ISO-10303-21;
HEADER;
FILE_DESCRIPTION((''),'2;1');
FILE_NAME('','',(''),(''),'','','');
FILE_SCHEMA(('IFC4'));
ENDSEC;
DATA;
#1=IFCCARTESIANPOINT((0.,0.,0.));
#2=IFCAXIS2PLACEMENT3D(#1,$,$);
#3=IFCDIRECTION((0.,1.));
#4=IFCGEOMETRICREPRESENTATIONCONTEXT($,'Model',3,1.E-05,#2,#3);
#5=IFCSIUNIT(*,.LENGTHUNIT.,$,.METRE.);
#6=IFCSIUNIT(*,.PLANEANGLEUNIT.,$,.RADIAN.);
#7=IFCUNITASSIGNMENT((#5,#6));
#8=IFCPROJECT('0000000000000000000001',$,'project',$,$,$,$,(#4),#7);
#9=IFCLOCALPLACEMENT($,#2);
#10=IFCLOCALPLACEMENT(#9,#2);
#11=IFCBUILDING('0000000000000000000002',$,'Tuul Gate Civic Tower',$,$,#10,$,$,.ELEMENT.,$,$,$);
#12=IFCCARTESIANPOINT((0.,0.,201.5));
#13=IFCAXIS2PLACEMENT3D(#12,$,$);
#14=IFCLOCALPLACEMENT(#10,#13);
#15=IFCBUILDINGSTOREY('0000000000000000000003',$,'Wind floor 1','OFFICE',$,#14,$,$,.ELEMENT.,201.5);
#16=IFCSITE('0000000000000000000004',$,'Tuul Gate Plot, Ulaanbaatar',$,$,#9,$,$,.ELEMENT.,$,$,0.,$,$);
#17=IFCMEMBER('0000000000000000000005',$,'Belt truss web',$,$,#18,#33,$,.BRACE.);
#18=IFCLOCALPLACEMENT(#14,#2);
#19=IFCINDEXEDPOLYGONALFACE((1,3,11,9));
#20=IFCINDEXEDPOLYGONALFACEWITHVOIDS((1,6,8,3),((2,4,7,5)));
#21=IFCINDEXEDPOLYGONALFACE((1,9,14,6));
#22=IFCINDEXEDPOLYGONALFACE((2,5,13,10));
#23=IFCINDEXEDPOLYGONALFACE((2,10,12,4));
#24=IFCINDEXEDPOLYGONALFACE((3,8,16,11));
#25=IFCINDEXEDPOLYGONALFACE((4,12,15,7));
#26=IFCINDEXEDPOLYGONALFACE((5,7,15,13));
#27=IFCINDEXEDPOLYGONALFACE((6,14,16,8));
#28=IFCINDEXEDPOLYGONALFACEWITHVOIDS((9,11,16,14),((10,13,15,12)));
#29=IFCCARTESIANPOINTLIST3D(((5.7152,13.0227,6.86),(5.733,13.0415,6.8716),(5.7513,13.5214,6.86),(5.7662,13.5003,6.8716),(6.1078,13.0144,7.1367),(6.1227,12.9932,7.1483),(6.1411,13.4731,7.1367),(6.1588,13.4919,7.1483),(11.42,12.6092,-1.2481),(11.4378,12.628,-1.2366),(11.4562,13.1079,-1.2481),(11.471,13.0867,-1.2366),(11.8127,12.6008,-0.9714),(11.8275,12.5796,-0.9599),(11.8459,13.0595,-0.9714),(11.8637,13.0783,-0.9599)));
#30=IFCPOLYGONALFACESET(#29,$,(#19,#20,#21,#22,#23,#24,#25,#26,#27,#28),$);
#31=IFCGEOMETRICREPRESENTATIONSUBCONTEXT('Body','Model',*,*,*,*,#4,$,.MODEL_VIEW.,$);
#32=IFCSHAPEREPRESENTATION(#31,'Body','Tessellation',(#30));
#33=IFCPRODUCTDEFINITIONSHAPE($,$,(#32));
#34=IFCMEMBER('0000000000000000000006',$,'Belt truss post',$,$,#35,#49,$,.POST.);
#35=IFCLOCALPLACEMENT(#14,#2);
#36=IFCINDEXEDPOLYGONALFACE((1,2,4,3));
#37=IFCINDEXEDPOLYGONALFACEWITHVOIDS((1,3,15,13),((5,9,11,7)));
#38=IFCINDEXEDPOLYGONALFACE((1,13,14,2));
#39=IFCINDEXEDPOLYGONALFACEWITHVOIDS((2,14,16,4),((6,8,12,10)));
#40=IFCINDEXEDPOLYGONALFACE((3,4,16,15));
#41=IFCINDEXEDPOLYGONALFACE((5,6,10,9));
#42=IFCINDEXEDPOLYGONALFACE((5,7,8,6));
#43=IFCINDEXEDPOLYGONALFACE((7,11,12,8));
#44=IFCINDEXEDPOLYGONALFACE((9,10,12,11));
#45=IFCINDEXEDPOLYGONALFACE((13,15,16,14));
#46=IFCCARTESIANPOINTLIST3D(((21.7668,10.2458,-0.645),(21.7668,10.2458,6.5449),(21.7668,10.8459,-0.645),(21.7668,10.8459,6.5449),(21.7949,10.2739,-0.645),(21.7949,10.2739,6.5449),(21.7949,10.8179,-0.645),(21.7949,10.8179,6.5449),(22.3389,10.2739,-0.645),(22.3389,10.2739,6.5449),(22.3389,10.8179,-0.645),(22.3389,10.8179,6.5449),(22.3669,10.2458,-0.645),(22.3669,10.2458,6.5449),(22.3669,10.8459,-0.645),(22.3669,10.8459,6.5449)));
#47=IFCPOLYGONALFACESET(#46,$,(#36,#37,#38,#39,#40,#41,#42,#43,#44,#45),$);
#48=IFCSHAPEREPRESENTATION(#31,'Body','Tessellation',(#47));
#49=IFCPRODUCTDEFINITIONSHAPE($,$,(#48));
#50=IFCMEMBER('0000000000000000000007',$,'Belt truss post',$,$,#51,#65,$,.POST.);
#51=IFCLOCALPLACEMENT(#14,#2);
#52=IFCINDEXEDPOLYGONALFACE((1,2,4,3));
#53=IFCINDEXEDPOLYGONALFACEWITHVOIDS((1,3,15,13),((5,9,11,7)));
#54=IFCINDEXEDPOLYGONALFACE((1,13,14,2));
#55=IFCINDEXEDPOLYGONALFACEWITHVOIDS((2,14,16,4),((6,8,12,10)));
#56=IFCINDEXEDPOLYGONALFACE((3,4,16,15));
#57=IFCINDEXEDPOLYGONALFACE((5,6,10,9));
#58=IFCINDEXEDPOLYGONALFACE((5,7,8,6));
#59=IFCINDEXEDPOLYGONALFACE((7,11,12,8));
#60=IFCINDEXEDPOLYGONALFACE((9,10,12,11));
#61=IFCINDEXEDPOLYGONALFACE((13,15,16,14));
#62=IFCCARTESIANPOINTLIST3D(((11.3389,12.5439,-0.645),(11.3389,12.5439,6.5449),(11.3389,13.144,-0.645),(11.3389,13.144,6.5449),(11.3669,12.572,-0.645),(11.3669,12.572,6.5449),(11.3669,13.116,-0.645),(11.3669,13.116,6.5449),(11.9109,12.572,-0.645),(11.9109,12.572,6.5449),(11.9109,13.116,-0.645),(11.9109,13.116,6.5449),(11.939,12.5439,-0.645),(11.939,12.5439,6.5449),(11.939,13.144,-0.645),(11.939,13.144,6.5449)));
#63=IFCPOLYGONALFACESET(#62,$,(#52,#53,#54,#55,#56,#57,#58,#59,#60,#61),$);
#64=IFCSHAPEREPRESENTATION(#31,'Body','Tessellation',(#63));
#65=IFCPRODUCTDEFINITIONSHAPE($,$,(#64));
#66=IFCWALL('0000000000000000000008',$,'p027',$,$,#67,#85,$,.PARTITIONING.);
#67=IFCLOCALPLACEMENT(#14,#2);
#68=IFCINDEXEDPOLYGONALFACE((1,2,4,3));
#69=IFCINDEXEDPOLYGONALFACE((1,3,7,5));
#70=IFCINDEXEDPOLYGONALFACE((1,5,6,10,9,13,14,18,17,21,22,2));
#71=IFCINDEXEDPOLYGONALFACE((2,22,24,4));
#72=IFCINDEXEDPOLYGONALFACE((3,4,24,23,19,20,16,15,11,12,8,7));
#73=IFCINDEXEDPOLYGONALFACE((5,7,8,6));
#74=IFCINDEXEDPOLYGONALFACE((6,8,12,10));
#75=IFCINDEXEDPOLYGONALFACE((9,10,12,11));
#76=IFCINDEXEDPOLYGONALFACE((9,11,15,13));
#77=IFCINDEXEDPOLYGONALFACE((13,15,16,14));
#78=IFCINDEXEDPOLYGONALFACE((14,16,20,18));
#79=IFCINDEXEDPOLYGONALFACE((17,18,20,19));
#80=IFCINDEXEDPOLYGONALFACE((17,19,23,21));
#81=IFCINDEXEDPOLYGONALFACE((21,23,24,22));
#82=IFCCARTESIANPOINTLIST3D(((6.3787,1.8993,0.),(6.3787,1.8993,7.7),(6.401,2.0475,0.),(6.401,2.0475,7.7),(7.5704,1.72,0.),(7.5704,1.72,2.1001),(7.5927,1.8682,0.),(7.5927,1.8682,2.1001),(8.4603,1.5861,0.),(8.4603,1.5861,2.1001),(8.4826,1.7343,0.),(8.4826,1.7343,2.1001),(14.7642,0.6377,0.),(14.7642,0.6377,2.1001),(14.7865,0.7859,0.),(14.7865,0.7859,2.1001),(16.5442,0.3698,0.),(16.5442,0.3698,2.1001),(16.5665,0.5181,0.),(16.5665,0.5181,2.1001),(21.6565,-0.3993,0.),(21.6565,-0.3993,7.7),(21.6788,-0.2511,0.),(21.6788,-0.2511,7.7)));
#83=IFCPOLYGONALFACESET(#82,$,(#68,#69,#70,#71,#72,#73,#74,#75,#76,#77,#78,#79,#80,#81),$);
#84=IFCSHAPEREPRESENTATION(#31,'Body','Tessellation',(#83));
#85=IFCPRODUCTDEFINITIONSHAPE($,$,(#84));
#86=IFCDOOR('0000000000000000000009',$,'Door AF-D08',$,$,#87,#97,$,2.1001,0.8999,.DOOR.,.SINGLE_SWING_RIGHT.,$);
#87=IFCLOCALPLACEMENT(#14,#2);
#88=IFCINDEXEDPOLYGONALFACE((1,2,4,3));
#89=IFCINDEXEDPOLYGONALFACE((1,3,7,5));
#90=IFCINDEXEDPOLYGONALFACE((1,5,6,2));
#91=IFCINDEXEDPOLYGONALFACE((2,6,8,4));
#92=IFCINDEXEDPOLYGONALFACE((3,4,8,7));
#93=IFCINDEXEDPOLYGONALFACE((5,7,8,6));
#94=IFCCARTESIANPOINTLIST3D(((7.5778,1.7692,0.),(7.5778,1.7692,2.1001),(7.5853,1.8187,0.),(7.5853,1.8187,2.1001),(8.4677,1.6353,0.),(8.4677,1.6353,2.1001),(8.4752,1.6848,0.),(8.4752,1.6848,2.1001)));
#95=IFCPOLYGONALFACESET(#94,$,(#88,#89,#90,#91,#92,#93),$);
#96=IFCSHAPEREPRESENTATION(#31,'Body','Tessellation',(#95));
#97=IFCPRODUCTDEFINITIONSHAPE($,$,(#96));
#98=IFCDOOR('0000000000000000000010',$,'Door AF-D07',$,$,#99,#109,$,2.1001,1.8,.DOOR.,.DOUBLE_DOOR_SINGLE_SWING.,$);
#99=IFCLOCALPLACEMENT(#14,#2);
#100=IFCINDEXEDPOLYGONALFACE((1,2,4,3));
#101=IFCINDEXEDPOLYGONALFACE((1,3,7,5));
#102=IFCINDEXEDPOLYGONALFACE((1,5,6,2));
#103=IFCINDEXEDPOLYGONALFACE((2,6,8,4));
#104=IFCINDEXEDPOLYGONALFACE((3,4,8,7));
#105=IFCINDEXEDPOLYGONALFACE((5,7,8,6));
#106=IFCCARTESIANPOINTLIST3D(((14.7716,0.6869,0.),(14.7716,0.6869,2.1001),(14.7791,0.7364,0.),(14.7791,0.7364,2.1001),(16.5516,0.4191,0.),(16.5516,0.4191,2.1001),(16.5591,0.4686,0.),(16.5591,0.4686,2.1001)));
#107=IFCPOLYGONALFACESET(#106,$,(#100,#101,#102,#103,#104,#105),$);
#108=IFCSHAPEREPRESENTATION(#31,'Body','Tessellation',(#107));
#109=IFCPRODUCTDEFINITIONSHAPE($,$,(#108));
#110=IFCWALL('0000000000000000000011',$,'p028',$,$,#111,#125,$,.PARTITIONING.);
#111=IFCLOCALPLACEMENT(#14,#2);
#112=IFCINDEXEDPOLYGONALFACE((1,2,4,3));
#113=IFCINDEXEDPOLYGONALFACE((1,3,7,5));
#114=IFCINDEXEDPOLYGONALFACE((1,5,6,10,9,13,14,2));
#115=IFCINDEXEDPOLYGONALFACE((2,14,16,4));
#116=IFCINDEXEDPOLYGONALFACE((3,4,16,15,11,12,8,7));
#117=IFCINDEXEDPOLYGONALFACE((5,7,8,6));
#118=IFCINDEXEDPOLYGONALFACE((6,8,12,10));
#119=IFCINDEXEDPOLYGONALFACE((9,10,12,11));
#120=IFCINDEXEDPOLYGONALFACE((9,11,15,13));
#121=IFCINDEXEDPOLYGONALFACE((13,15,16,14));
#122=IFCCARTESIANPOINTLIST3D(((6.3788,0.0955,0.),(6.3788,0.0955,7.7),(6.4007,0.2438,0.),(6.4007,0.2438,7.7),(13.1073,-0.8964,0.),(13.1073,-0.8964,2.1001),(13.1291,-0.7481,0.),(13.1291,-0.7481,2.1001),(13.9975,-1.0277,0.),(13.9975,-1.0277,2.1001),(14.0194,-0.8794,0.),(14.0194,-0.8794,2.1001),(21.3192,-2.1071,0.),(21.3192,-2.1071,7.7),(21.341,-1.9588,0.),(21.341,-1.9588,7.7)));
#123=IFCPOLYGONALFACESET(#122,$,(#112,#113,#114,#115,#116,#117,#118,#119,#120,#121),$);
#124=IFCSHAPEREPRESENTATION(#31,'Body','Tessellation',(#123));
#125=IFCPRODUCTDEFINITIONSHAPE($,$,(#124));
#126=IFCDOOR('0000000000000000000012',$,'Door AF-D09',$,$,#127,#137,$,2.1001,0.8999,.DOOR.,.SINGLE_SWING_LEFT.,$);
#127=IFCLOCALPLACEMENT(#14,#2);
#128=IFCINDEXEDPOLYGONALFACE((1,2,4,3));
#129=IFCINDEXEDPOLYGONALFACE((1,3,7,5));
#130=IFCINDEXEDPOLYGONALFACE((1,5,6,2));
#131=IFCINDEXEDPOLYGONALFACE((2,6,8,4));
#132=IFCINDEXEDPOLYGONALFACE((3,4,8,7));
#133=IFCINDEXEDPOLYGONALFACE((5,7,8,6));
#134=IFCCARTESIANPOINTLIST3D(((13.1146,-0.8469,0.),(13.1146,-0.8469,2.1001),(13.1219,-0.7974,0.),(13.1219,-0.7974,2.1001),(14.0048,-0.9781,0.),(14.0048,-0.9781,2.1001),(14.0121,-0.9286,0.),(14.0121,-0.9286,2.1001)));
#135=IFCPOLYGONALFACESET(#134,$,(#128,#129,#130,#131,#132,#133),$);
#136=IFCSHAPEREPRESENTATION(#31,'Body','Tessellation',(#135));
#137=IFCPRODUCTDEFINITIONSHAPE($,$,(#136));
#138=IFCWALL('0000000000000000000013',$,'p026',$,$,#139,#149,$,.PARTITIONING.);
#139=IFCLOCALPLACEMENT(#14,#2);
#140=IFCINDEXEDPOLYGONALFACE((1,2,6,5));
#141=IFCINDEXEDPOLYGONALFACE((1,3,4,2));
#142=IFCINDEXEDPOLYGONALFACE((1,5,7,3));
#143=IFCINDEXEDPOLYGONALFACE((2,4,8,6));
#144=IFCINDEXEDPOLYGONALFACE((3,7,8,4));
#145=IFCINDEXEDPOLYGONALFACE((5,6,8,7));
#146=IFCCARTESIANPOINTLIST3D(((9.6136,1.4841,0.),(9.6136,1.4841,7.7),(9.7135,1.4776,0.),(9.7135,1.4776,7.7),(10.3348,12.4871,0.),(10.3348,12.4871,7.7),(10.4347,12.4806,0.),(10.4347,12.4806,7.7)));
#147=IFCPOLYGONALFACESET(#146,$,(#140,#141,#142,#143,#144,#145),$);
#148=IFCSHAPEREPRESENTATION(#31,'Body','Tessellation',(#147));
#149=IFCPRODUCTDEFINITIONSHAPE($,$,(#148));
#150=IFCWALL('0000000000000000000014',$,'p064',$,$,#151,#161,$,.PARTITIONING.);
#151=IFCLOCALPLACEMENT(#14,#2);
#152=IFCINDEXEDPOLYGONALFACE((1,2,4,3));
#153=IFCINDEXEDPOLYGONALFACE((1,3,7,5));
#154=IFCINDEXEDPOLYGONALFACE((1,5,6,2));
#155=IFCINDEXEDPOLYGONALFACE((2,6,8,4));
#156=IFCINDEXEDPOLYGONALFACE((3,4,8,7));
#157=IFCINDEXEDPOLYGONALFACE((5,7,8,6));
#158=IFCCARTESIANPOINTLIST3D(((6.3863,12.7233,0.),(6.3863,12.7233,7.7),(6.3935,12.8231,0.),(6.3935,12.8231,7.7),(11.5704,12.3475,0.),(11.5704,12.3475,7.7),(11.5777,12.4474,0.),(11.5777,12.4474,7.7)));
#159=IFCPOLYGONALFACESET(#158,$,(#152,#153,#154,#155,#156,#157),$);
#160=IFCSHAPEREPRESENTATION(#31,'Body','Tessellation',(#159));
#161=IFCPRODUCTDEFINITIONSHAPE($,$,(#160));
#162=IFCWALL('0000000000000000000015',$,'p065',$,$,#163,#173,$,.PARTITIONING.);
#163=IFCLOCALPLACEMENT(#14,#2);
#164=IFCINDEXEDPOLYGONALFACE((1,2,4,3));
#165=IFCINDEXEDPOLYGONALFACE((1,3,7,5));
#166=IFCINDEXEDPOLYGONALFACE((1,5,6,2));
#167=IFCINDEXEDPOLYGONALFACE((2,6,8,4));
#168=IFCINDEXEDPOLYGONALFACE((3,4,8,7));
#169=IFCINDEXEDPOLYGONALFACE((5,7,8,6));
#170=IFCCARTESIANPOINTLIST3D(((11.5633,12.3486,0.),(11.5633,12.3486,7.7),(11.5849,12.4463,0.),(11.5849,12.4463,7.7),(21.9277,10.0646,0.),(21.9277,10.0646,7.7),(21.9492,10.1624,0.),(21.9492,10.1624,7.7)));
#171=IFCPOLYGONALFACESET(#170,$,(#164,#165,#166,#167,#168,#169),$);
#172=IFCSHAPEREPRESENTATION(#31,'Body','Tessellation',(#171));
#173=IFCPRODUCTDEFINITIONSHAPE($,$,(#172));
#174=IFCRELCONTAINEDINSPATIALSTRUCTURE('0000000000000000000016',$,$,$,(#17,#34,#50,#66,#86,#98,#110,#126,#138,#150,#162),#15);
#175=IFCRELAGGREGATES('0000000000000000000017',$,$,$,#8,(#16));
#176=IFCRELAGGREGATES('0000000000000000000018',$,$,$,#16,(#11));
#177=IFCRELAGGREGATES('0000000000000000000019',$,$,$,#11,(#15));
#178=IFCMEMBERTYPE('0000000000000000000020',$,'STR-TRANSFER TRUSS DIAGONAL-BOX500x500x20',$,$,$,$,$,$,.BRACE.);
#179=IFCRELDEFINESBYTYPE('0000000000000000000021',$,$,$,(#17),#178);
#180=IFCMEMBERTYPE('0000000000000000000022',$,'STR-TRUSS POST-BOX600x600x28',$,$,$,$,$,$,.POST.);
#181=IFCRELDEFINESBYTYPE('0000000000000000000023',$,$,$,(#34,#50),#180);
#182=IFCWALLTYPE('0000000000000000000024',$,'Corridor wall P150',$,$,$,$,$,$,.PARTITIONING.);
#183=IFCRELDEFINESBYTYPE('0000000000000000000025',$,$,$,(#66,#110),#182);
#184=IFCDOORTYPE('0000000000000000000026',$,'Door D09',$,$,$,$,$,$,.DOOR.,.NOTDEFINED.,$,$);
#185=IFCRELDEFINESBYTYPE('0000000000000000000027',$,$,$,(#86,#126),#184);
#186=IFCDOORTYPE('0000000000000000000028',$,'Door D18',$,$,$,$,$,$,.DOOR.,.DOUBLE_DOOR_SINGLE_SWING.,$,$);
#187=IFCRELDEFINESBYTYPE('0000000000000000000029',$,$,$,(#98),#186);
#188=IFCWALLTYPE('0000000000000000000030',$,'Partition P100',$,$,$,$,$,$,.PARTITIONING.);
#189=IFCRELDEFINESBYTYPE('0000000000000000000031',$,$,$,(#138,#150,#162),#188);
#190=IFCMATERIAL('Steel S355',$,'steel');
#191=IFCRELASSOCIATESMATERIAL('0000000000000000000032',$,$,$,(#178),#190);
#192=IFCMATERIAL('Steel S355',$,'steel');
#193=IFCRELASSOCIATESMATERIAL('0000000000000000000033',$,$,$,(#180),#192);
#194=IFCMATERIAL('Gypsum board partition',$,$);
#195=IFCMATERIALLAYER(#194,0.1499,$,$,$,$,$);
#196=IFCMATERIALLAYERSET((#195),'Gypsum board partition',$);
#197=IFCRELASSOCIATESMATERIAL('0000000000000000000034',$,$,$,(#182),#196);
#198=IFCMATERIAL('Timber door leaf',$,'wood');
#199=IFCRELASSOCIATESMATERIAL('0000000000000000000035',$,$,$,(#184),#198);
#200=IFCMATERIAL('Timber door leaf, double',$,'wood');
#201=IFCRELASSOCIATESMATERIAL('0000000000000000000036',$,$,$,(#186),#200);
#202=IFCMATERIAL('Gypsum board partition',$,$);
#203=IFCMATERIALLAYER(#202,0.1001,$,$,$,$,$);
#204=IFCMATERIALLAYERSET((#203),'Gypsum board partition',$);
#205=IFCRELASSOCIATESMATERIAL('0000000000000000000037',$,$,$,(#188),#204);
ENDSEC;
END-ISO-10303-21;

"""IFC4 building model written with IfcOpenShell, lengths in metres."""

from ifc_helpers import new_model, si_unit, direction, frame, frame_2d, origin, origin_2d, place, context, subcontext, project, spatial, rectangle, hollow_rectangle, extrude, material, layer, layer_set, material_profile, profile_set, type_object, element, fill, save


model = new_model("IFC4")

# Units and contexts
model_context = context("Model", 3, precision=1e-05, world=origin(), true_north=direction((0.0, 1.0)))
body_context = subcontext(model_context, "Body", "Model", "MODEL_VIEW")
ifc_project = project(units=[si_unit("LENGTHUNIT", "METRE"), si_unit("PLANEANGLEUNIT", "RADIAN")], contexts=[model_context])

# Site, building, storey
site_placement = place(None, origin())
site = spatial("IfcSite", under=ifc_project, at=site_placement, Name="Tuul Gate Plot, Ulaanbaatar", CompositionType="ELEMENT", RefElevation=0.0)
building_placement = place(site_placement, origin())
building = spatial("IfcBuilding", under=site, at=building_placement, Name="Tuul Gate Civic Tower", CompositionType="ELEMENT")
storey_placement = place(building_placement, frame((0.0, 0.0, 201.5)))
storey = spatial("IfcBuildingStorey", under=building, at=storey_placement, Name="Wind floor 1", Description="OFFICE", CompositionType="ELEMENT", Elevation=201.5)

# Members
ifc_material_1 = material(Name="Steel S355", Category="steel")
ifc_material_profile_1 = material_profile(ifc_material_1, hollow_rectangle(XDim=0.5, YDim=0.5, WallThickness=0.02, at=origin_2d()), Name="BOX500x500x20")
ifc_profile_set_1 = profile_set([ifc_material_profile_1], Name="Steel S355")
member_type_1 = type_object("IfcMemberType", Name="STR-TRANSFER TRUSS DIAGONAL-BOX500x500x20", PredefinedType="BRACE", material=ifc_profile_set_1)
member_1_placement = place(storey_placement, frame((11.6418, 12.8438, -1.104), z_axis=(-0.574932, 0.04168, 0.817139), x_axis=(-0.072306, -0.997383, 0.0)))
element("IfcMember", 1, at=member_1_placement, inside=storey, type_object=member_type_1, Name="Belt truss web", PredefinedType="BRACE", context=body_context, shape_type="SweptSolid", body=[
    extrude(hollow_rectangle(XDim=0.5, YDim=0.5, WallThickness=0.02, at=origin_2d()), origin(), (0.0, 0.0, 1.0), 9.9226),
])
ifc_material_2 = material(Name="Steel S355", Category="steel")
ifc_material_profile_2 = material_profile(ifc_material_2, hollow_rectangle(XDim=0.6001, YDim=0.6001, WallThickness=0.0281, at=origin_2d()), Name="BOX600x600x28")
ifc_profile_set_2 = profile_set([ifc_material_profile_2], Name="Steel S355")
member_type_2 = type_object("IfcMemberType", Name="STR-TRUSS POST-BOX600x600x28", PredefinedType="POST", material=ifc_profile_set_2)
for number, where, z_axis, x_axis, name in (
    (2, (22.0669, 10.5459, -0.645), (0.0, 0.0, 1.0), (1.0, 0.0, 0.0), "Belt truss post"),
    (3, (11.6389, 12.844, -0.645), (0.0, 0.0, 1.0), (1.0, 0.0, 0.0), "Belt truss post"),
):
    element("IfcMember", number, at=place(storey_placement, frame(where, z_axis=z_axis, x_axis=x_axis)), inside=storey, type_object=member_type_2, Name=name, PredefinedType="POST", context=body_context, shape_type="SweptSolid", body=[
        extrude(hollow_rectangle(XDim=0.6001, YDim=0.6001, WallThickness=0.0281, at=origin_2d()), origin(), (0.0, 0.0, 1.0), 7.1899),
    ])

# Wall, openings, doors
ifc_material_3 = material(Name="Gypsum board partition")
ifc_layer_1 = layer(ifc_material_3, 0.1499)
ifc_layer_set_1 = layer_set([ifc_layer_1], Name="Gypsum board partition")
wall_type_1 = type_object("IfcWallType", Name="Corridor wall P150", PredefinedType="PARTITIONING", material=ifc_layer_set_1)
wall_1_placement = place(storey_placement, frame((6.3899, 1.9734, 0.0), z_axis=(0.0, 0.0, 1.0), x_axis=(0.988871, -0.148778, 0.0)))
wall_1 = element("IfcWall", 4, at=wall_1_placement, inside=storey, type_object=wall_type_1, Name="p027", PredefinedType="PARTITIONING", context=body_context, shape_type="SweptSolid", body=[
    extrude(rectangle(XDim=15.4497, YDim=0.1499, at=frame_2d((7.7249, 0.0))), origin(), (0.0, 0.0, 1.0), 7.7),
])
opening_1_placement = place(wall_1_placement, frame((8.48, 0.0, 0.0)))
opening_1 = element("IfcOpeningElement", 5, at=opening_1_placement, cuts=wall_1, PredefinedType="OPENING", context=body_context, shape_type="SweptSolid", body=[
    extrude(rectangle(XDim=1.8, YDim=2.1001, at=frame_2d((0.8999, 1.05))), frame((0.0, 0.085, 0.0), z_axis=(0.0, -1.0, 0.0), x_axis=(1.0, 0.0, 0.0)), (0.0, 0.0, 1.0), 0.1699),
])
opening_2_placement = place(wall_1_placement, frame((1.2051, 0.0, 0.0)))
opening_2 = element("IfcOpeningElement", 6, at=opening_2_placement, cuts=wall_1, PredefinedType="OPENING", context=body_context, shape_type="SweptSolid", body=[
    extrude(rectangle(XDim=0.8999, YDim=2.1001, at=frame_2d((0.45, 1.05))), frame((0.0, 0.085, 0.0), z_axis=(0.0, -1.0, 0.0), x_axis=(1.0, 0.0, 0.0)), (0.0, 0.0, 1.0), 0.1699),
])
ifc_material_4 = material(Name="Timber door leaf", Category="wood")
door_type_1 = type_object("IfcDoorType", Name="Door D09", OperationType="NOTDEFINED", PredefinedType="DOOR", material=ifc_material_4)
door_1_placement = place(opening_2_placement, origin())
door_1 = element("IfcDoor", 7, at=door_1_placement, inside=storey, type_object=door_type_1, Name="Door AF-D08", OperationType="SINGLE_SWING_RIGHT", OverallHeight=2.1001, OverallWidth=0.8999, PredefinedType="DOOR", context=body_context, shape_type="SweptSolid", body=[
    extrude(rectangle(XDim=0.8999, YDim=2.1001, at=frame_2d((0.45, 1.05))), frame((0.0, 0.0249, 0.0), z_axis=(0.0, -1.0, 0.0), x_axis=(1.0, 0.0, 0.0)), (0.0, 0.0, 1.0), 0.05),
])
fill(opening_2, door_1)
ifc_material_5 = material(Name="Timber door leaf, double", Category="wood")
door_type_2 = type_object("IfcDoorType", Name="Door D18", OperationType="DOUBLE_DOOR_SINGLE_SWING", PredefinedType="DOOR", material=ifc_material_5)
door_2_placement = place(opening_1_placement, origin())
door_2 = element("IfcDoor", 8, at=door_2_placement, inside=storey, type_object=door_type_2, Name="Door AF-D07", OperationType="DOUBLE_DOOR_SINGLE_SWING", OverallHeight=2.1001, OverallWidth=1.8, PredefinedType="DOOR", context=body_context, shape_type="SweptSolid", body=[
    extrude(rectangle(XDim=1.8, YDim=2.1001, at=frame_2d((0.8999, 1.05))), frame((0.0, 0.0249, 0.0), z_axis=(0.0, -1.0, 0.0), x_axis=(1.0, 0.0, 0.0)), (0.0, 0.0, 1.0), 0.05),
])
fill(opening_1, door_2)

# Wall, opening, door
wall_2_placement = place(storey_placement, frame((6.3899, 0.1697, 0.0), z_axis=(0.0, 0.0, 1.0), x_axis=(0.989307, -0.145851, 0.0)))
wall_2 = element("IfcWall", 9, at=wall_2_placement, inside=storey, type_object=wall_type_1, Name="p028", PredefinedType="PARTITIONING", context=body_context, shape_type="SweptSolid", body=[
    extrude(rectangle(XDim=15.1018, YDim=0.1499, at=frame_2d((7.5508, 0.0))), origin(), (0.0, 0.0, 1.0), 7.7),
])
opening_3_placement = place(wall_2_placement, frame((6.801, 0.0, 0.0)))
opening_3 = element("IfcOpeningElement", 10, at=opening_3_placement, cuts=wall_2, PredefinedType="OPENING", context=body_context, shape_type="SweptSolid", body=[
    extrude(rectangle(XDim=0.8999, YDim=2.1001, at=frame_2d((0.45, 1.05))), frame((0.0, 0.085, 0.0), z_axis=(0.0, -1.0, 0.0), x_axis=(1.0, 0.0, 0.0)), (0.0, 0.0, 1.0), 0.1699),
])
door_3_placement = place(opening_3_placement, frame((0.8999, 0.0, 0.0), z_axis=(0.0, 0.0, 1.0), x_axis=(-1.0, 0.0, 0.0)))
door_3 = element("IfcDoor", 11, at=door_3_placement, inside=storey, type_object=door_type_1, Name="Door AF-D09", OperationType="SINGLE_SWING_LEFT", OverallHeight=2.1001, OverallWidth=0.8999, PredefinedType="DOOR", context=body_context, shape_type="SweptSolid", body=[
    extrude(rectangle(XDim=0.8999, YDim=2.1001, at=frame_2d((0.45, 1.05))), frame((0.0, 0.0249, 0.0), z_axis=(0.0, -1.0, 0.0), x_axis=(1.0, 0.0, 0.0)), (0.0, 0.0, 1.0), 0.05),
])
fill(opening_3, door_3)

# Walls
ifc_material_6 = material(Name="Gypsum board partition")
ifc_layer_2 = layer(ifc_material_6, 0.1001)
ifc_layer_set_2 = layer_set([ifc_layer_2], Name="Gypsum board partition")
wall_type_2 = type_object("IfcWallType", Name="Partition P100", PredefinedType="PARTITIONING", material=ifc_layer_set_2)
wall_3_placement = place(storey_placement, frame((9.6636, 1.481, 0.0), z_axis=(0.0, 0.0, 1.0), x_axis=(0.065405, 0.997859, 0.0)))
element("IfcWall", 12, at=wall_3_placement, inside=storey, type_object=wall_type_2, Name="p026", PredefinedType="PARTITIONING", context=body_context, shape_type="SweptSolid", body=[
    extrude(rectangle(XDim=11.0266, YDim=0.1001, at=frame_2d((5.5132, 0.0))), origin(), (0.0, 0.0, 1.0), 7.7),
])
wall_4_placement = place(storey_placement, frame((6.3899, 12.7732, 0.0), z_axis=(0.0, 0.0, 1.0), x_axis=(0.997384, -0.072288, 0.0)))
element("IfcWall", 13, at=wall_4_placement, inside=storey, type_object=wall_type_2, Name="p064", PredefinedType="PARTITIONING", context=body_context, shape_type="SweptSolid", body=[
    extrude(rectangle(XDim=5.1978, YDim=0.1001, at=frame_2d((2.5989, 0.0))), origin(), (0.0, 0.0, 1.0), 7.7),
])
wall_5_placement = place(storey_placement, frame((11.574, 12.3975, 0.0), z_axis=(0.0, 0.0, 1.0), x_axis=(0.976569, -0.215203, 0.0)))
element("IfcWall", 14, at=wall_5_placement, inside=storey, type_object=wall_type_2, Name="p065", PredefinedType="PARTITIONING", context=body_context, shape_type="SweptSolid", body=[
    extrude(rectangle(XDim=10.613, YDim=0.1001, at=frame_2d((5.3066, 0.0))), origin(), (0.0, 0.0, 1.0), 7.7),
])

save(model, "model.ifc")
